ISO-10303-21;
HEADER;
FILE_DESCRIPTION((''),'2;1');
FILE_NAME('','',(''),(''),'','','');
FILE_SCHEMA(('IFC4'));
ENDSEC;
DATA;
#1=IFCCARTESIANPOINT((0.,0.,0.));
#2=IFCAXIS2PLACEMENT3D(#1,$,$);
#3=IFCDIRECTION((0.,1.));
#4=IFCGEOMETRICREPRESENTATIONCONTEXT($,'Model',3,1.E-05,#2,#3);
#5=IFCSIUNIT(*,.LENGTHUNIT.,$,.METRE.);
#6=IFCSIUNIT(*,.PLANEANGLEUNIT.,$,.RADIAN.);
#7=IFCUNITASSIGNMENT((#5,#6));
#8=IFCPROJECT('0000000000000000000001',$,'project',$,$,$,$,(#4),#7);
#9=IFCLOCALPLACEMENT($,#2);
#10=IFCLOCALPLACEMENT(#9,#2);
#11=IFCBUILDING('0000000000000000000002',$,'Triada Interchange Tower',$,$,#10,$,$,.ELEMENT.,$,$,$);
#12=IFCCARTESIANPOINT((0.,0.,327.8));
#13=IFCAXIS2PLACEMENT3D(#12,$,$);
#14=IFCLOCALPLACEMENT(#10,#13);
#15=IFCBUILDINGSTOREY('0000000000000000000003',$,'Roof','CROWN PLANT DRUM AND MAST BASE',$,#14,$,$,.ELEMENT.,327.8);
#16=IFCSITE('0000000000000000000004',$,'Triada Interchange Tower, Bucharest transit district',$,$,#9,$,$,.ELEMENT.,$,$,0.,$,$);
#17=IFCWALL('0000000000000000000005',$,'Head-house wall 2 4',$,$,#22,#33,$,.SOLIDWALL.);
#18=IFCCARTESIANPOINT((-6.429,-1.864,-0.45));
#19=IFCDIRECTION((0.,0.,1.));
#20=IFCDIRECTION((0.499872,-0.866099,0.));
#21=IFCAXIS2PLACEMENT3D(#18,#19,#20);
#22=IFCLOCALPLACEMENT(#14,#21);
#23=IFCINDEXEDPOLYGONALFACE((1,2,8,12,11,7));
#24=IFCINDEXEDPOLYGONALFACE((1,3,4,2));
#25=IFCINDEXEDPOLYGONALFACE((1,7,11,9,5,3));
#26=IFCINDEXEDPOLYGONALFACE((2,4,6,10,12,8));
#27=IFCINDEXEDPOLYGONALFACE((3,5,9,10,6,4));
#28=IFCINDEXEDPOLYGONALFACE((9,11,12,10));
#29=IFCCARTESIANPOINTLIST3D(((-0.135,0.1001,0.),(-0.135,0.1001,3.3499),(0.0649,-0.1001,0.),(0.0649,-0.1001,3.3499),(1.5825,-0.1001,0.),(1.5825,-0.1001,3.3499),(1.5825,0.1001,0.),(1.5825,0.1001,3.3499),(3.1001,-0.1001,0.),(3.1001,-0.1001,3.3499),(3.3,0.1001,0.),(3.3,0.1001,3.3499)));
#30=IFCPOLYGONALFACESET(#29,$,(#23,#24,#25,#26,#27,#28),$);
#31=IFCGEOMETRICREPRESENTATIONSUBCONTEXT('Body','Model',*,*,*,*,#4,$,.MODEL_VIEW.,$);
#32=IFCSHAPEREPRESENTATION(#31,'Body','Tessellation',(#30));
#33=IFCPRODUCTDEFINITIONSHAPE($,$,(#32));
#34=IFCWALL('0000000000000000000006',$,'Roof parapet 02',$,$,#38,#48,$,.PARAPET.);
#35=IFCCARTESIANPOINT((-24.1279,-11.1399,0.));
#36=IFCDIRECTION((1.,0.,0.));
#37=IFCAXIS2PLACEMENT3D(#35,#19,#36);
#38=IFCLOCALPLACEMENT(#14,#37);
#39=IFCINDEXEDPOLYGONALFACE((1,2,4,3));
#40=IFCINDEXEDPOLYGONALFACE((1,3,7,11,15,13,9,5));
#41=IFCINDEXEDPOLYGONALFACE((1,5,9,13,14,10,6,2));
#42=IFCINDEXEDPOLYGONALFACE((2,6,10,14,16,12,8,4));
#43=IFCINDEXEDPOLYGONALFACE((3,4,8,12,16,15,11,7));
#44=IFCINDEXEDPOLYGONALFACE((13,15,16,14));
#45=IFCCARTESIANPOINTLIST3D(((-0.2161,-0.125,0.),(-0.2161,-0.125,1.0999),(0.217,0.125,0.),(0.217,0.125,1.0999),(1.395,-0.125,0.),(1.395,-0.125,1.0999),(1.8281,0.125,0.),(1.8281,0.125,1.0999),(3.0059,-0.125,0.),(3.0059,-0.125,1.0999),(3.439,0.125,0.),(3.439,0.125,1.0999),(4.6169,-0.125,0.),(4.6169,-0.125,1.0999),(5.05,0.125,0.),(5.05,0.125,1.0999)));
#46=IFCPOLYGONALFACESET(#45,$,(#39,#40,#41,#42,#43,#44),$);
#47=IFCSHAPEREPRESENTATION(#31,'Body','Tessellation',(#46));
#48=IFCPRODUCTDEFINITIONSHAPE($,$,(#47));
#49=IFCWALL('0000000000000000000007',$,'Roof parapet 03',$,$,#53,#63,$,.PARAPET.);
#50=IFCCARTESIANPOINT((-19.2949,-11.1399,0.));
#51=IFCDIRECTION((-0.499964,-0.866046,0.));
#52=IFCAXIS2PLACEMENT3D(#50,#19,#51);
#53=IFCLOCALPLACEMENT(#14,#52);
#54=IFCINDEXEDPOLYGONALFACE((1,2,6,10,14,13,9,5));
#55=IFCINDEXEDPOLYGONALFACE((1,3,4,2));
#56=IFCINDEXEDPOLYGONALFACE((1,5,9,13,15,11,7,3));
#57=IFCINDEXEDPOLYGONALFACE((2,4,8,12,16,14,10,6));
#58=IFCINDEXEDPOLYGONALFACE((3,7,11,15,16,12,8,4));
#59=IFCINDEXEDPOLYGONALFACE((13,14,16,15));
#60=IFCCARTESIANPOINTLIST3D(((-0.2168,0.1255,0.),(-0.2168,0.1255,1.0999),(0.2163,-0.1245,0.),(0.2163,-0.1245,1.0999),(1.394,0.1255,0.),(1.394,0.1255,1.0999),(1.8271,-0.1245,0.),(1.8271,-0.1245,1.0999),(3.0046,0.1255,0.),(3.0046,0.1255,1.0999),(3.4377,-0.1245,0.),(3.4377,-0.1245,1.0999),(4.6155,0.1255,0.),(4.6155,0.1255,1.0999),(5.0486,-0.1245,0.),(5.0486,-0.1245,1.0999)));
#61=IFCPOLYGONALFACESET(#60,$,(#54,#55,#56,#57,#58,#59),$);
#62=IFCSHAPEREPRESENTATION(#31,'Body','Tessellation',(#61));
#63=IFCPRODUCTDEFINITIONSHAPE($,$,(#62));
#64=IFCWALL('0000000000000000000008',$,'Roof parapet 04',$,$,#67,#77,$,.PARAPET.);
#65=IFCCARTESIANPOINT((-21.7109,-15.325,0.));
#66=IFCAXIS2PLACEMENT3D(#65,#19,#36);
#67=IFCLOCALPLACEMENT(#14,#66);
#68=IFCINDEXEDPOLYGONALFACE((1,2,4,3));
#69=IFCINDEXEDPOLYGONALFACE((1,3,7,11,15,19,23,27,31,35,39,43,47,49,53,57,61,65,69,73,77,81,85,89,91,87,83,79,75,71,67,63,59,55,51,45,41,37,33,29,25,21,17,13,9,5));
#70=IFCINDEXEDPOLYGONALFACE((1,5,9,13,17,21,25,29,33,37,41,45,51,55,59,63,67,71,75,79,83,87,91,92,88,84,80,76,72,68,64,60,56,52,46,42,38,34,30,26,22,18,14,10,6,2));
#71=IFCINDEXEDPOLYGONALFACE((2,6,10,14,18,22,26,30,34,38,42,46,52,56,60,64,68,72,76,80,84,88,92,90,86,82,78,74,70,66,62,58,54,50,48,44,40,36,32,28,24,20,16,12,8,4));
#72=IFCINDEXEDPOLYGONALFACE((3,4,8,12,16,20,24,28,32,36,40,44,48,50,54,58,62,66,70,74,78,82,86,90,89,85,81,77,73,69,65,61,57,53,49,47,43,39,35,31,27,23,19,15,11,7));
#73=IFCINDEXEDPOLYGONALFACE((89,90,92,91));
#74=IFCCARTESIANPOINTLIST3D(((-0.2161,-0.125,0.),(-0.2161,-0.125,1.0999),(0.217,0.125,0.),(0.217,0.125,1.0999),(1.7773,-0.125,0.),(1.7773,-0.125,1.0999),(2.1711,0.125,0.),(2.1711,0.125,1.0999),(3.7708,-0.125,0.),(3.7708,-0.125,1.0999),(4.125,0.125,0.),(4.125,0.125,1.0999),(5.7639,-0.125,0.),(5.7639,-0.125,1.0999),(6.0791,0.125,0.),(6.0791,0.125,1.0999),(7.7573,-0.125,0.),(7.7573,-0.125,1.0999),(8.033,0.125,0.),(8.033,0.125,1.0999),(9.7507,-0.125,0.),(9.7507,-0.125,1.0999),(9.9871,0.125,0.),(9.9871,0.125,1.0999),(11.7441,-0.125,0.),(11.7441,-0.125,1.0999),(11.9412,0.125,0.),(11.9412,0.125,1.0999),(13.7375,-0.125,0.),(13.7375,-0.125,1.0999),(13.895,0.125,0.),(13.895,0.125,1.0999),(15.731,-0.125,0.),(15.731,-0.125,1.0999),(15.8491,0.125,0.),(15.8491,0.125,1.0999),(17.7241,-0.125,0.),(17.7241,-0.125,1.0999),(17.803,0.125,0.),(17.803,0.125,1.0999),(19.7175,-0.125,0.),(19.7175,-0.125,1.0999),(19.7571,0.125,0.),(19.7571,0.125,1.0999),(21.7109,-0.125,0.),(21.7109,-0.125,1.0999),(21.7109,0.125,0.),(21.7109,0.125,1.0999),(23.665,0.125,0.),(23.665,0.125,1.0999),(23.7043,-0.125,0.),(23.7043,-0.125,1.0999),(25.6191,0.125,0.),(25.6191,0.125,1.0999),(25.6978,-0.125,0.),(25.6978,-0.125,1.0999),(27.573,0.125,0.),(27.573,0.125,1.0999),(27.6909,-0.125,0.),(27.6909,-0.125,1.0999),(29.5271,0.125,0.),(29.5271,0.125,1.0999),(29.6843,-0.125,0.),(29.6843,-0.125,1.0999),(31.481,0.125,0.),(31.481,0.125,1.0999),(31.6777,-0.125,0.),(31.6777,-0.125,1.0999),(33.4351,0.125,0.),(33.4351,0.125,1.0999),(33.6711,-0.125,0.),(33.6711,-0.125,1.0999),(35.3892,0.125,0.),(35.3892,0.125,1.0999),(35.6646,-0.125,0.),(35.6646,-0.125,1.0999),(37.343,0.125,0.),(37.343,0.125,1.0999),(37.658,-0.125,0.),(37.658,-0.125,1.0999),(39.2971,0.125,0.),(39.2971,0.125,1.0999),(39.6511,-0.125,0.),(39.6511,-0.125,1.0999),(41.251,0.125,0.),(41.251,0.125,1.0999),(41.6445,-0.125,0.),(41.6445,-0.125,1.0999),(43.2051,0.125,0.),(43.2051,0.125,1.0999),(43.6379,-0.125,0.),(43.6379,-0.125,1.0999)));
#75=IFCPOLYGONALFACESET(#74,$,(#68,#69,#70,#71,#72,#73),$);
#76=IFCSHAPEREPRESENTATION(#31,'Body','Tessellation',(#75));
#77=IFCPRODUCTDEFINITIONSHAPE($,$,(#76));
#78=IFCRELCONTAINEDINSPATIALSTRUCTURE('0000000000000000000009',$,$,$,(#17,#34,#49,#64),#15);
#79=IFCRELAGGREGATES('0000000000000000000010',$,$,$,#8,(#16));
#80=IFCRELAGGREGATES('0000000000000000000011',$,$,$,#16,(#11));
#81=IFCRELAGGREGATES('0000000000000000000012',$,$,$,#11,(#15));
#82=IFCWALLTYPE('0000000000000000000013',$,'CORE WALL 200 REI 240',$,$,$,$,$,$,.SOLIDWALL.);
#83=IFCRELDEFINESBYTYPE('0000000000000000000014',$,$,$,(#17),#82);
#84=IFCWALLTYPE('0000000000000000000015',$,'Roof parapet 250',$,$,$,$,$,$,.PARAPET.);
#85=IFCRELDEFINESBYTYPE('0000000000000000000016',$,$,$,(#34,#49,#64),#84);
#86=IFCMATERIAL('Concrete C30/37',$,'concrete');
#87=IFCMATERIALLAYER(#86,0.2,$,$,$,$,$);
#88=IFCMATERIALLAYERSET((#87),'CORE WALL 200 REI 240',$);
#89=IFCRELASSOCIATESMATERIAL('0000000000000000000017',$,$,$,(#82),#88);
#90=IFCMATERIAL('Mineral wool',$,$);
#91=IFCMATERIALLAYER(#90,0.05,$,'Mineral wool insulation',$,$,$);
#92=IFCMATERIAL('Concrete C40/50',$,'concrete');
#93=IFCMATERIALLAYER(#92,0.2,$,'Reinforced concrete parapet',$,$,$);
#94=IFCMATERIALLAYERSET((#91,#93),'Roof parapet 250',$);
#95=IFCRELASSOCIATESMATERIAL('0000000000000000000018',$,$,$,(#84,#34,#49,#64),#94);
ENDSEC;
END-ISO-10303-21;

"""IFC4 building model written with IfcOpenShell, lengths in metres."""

from ifc_helpers import new_model, si_unit, direction, frame, origin, place, context, subcontext, project, spatial, polyline, outline, extrude, material, layer, layer_set, layer_usage, type_object, element, save


model = new_model("IFC4")

# Units and contexts
model_context = context("Model", 3, precision=1e-05, world=origin(), true_north=direction((0.0, 1.0)))
body_context = subcontext(model_context, "Body", "Model", "MODEL_VIEW")
ifc_project = project(units=[si_unit("LENGTHUNIT", "METRE"), si_unit("PLANEANGLEUNIT", "RADIAN")], contexts=[model_context])

# Site, building, storey
site_placement = place(None, origin())
site = spatial("IfcSite", under=ifc_project, at=site_placement, Name="Triada Interchange Tower, Bucharest transit district", CompositionType="ELEMENT", RefElevation=0.0)
building_placement = place(site_placement, origin())
building = spatial("IfcBuilding", under=site, at=building_placement, Name="Triada Interchange Tower", CompositionType="ELEMENT")
storey_placement = place(building_placement, frame((0.0, 0.0, 327.8)))
storey = spatial("IfcBuildingStorey", under=building, at=storey_placement, Name="Roof", Description="CROWN PLANT DRUM AND MAST BASE", CompositionType="ELEMENT", Elevation=327.8)

# Shared definitions
ifc_material_1 = material(Name="Concrete C30/37", Category="concrete")
ifc_layer_1 = layer(ifc_material_1, 0.2)
ifc_layer_set_1 = layer_set([ifc_layer_1], Name="CORE WALL 200 REI 240")
wall_type_1 = type_object("IfcWallType", Name="CORE WALL 200 REI 240", PredefinedType="SOLIDWALL", material=ifc_layer_set_1)

# Wall
wall_1_placement = place(storey_placement, frame((-6.429, -1.864, -0.45), z_axis=(0.0, 0.0, 1.0), x_axis=(0.499872, -0.866099, 0.0)))
element("IfcWall", 1, at=wall_1_placement, inside=storey, type_object=wall_type_1, Name="Head-house wall 2 4", PredefinedType="SOLIDWALL", context=body_context, shape_type="SweptSolid", body=[
    extrude(outline(polyline([(-0.135, 0.1001), (1.5825, 0.1001), (3.3, 0.1001), (3.1001, -0.1001), (1.5825, -0.1001), (0.0649, -0.1001), (-0.135, 0.1001)])), origin(), (0.0, 0.0, 1.0), 3.3499),
])

# Walls
ifc_material_2 = material(Name="Mineral wool")
ifc_layer_2 = layer(ifc_material_2, 0.05, Name="Mineral wool insulation")
ifc_material_3 = material(Name="Concrete C40/50", Category="concrete")
ifc_layer_3 = layer(ifc_material_3, 0.2, Name="Reinforced concrete parapet")
ifc_layer_set_2 = layer_set([ifc_layer_2, ifc_layer_3], Name="Roof parapet 250")
ifc_layer_usage = layer_usage(ifc_layer_set_2, "AXIS2", "POSITIVE", -0.125)
wall_type_2 = type_object("IfcWallType", Name="Roof parapet 250", PredefinedType="PARAPET", material=ifc_layer_set_2)
wall_2_placement = place(storey_placement, frame((-24.1279, -11.1399, 0.0), z_axis=(0.0, 0.0, 1.0), x_axis=(1.0, 0.0, 0.0)))
element("IfcWall", 2, at=wall_2_placement, inside=storey, type_object=wall_type_2, material=ifc_layer_usage, Name="Roof parapet 02", PredefinedType="PARAPET", context=body_context, shape_type="SweptSolid", body=[
    extrude(outline(polyline([(-0.2161, -0.125), (1.395, -0.125), (3.0059, -0.125), (4.6169, -0.125), (5.05, 0.125), (3.439, 0.125), (1.8281, 0.125), (0.217, 0.125), (-0.2161, -0.125)])), origin(), (0.0, 0.0, 1.0), 1.0999),
])
wall_3_placement = place(storey_placement, frame((-19.2949, -11.1399, 0.0), z_axis=(0.0, 0.0, 1.0), x_axis=(-0.499964, -0.866046, 0.0)))
element("IfcWall", 3, at=wall_3_placement, inside=storey, type_object=wall_type_2, material=ifc_layer_usage, Name="Roof parapet 03", PredefinedType="PARAPET", context=body_context, shape_type="SweptSolid", body=[
    extrude(outline(polyline([(0.2163, -0.1245), (1.8271, -0.1245), (3.4377, -0.1245), (5.0486, -0.1245), (4.6155, 0.1255), (3.0046, 0.1255), (1.394, 0.1255), (-0.2168, 0.1255), (0.2163, -0.1245)])), origin(), (0.0, 0.0, 1.0), 1.0999),
])
wall_4_placement = place(storey_placement, frame((-21.7109, -15.325, 0.0), z_axis=(0.0, 0.0, 1.0), x_axis=(1.0, 0.0, 0.0)))
element("IfcWall", 4, at=wall_4_placement, inside=storey, type_object=wall_type_2, material=ifc_layer_usage, Name="Roof parapet 04", PredefinedType="PARAPET", context=body_context, shape_type="SweptSolid", body=[
    extrude(outline(polyline([(-0.2161, -0.125), (1.7773, -0.125), (3.7708, -0.125), (5.7639, -0.125), (7.7573, -0.125), (9.7507, -0.125), (11.7441, -0.125), (13.7375, -0.125), (15.731, -0.125), (17.7241, -0.125), (19.7175, -0.125), (21.7109, -0.125), (23.7043, -0.125), (25.6978, -0.125), (27.6909, -0.125), (29.6843, -0.125), (31.6777, -0.125), (33.6711, -0.125), (35.6646, -0.125), (37.658, -0.125), (39.6511, -0.125), (41.6445, -0.125), (43.6379, -0.125), (43.2051, 0.125), (41.251, 0.125), (39.2971, 0.125), (37.343, 0.125), (35.3892, 0.125), (33.4351, 0.125), (31.481, 0.125), (29.5271, 0.125), (27.573, 0.125), (25.6191, 0.125), (23.665, 0.125), (21.7109, 0.125), (19.7571, 0.125), (17.803, 0.125), (15.8491, 0.125), (13.895, 0.125), (11.9412, 0.125), (9.9871, 0.125), (8.033, 0.125), (6.0791, 0.125), (4.125, 0.125), (2.1711, 0.125), (0.217, 0.125), (-0.2161, -0.125)])), origin(), (0.0, 0.0, 1.0), 1.0999),
])

save(model, "model.ifc")
